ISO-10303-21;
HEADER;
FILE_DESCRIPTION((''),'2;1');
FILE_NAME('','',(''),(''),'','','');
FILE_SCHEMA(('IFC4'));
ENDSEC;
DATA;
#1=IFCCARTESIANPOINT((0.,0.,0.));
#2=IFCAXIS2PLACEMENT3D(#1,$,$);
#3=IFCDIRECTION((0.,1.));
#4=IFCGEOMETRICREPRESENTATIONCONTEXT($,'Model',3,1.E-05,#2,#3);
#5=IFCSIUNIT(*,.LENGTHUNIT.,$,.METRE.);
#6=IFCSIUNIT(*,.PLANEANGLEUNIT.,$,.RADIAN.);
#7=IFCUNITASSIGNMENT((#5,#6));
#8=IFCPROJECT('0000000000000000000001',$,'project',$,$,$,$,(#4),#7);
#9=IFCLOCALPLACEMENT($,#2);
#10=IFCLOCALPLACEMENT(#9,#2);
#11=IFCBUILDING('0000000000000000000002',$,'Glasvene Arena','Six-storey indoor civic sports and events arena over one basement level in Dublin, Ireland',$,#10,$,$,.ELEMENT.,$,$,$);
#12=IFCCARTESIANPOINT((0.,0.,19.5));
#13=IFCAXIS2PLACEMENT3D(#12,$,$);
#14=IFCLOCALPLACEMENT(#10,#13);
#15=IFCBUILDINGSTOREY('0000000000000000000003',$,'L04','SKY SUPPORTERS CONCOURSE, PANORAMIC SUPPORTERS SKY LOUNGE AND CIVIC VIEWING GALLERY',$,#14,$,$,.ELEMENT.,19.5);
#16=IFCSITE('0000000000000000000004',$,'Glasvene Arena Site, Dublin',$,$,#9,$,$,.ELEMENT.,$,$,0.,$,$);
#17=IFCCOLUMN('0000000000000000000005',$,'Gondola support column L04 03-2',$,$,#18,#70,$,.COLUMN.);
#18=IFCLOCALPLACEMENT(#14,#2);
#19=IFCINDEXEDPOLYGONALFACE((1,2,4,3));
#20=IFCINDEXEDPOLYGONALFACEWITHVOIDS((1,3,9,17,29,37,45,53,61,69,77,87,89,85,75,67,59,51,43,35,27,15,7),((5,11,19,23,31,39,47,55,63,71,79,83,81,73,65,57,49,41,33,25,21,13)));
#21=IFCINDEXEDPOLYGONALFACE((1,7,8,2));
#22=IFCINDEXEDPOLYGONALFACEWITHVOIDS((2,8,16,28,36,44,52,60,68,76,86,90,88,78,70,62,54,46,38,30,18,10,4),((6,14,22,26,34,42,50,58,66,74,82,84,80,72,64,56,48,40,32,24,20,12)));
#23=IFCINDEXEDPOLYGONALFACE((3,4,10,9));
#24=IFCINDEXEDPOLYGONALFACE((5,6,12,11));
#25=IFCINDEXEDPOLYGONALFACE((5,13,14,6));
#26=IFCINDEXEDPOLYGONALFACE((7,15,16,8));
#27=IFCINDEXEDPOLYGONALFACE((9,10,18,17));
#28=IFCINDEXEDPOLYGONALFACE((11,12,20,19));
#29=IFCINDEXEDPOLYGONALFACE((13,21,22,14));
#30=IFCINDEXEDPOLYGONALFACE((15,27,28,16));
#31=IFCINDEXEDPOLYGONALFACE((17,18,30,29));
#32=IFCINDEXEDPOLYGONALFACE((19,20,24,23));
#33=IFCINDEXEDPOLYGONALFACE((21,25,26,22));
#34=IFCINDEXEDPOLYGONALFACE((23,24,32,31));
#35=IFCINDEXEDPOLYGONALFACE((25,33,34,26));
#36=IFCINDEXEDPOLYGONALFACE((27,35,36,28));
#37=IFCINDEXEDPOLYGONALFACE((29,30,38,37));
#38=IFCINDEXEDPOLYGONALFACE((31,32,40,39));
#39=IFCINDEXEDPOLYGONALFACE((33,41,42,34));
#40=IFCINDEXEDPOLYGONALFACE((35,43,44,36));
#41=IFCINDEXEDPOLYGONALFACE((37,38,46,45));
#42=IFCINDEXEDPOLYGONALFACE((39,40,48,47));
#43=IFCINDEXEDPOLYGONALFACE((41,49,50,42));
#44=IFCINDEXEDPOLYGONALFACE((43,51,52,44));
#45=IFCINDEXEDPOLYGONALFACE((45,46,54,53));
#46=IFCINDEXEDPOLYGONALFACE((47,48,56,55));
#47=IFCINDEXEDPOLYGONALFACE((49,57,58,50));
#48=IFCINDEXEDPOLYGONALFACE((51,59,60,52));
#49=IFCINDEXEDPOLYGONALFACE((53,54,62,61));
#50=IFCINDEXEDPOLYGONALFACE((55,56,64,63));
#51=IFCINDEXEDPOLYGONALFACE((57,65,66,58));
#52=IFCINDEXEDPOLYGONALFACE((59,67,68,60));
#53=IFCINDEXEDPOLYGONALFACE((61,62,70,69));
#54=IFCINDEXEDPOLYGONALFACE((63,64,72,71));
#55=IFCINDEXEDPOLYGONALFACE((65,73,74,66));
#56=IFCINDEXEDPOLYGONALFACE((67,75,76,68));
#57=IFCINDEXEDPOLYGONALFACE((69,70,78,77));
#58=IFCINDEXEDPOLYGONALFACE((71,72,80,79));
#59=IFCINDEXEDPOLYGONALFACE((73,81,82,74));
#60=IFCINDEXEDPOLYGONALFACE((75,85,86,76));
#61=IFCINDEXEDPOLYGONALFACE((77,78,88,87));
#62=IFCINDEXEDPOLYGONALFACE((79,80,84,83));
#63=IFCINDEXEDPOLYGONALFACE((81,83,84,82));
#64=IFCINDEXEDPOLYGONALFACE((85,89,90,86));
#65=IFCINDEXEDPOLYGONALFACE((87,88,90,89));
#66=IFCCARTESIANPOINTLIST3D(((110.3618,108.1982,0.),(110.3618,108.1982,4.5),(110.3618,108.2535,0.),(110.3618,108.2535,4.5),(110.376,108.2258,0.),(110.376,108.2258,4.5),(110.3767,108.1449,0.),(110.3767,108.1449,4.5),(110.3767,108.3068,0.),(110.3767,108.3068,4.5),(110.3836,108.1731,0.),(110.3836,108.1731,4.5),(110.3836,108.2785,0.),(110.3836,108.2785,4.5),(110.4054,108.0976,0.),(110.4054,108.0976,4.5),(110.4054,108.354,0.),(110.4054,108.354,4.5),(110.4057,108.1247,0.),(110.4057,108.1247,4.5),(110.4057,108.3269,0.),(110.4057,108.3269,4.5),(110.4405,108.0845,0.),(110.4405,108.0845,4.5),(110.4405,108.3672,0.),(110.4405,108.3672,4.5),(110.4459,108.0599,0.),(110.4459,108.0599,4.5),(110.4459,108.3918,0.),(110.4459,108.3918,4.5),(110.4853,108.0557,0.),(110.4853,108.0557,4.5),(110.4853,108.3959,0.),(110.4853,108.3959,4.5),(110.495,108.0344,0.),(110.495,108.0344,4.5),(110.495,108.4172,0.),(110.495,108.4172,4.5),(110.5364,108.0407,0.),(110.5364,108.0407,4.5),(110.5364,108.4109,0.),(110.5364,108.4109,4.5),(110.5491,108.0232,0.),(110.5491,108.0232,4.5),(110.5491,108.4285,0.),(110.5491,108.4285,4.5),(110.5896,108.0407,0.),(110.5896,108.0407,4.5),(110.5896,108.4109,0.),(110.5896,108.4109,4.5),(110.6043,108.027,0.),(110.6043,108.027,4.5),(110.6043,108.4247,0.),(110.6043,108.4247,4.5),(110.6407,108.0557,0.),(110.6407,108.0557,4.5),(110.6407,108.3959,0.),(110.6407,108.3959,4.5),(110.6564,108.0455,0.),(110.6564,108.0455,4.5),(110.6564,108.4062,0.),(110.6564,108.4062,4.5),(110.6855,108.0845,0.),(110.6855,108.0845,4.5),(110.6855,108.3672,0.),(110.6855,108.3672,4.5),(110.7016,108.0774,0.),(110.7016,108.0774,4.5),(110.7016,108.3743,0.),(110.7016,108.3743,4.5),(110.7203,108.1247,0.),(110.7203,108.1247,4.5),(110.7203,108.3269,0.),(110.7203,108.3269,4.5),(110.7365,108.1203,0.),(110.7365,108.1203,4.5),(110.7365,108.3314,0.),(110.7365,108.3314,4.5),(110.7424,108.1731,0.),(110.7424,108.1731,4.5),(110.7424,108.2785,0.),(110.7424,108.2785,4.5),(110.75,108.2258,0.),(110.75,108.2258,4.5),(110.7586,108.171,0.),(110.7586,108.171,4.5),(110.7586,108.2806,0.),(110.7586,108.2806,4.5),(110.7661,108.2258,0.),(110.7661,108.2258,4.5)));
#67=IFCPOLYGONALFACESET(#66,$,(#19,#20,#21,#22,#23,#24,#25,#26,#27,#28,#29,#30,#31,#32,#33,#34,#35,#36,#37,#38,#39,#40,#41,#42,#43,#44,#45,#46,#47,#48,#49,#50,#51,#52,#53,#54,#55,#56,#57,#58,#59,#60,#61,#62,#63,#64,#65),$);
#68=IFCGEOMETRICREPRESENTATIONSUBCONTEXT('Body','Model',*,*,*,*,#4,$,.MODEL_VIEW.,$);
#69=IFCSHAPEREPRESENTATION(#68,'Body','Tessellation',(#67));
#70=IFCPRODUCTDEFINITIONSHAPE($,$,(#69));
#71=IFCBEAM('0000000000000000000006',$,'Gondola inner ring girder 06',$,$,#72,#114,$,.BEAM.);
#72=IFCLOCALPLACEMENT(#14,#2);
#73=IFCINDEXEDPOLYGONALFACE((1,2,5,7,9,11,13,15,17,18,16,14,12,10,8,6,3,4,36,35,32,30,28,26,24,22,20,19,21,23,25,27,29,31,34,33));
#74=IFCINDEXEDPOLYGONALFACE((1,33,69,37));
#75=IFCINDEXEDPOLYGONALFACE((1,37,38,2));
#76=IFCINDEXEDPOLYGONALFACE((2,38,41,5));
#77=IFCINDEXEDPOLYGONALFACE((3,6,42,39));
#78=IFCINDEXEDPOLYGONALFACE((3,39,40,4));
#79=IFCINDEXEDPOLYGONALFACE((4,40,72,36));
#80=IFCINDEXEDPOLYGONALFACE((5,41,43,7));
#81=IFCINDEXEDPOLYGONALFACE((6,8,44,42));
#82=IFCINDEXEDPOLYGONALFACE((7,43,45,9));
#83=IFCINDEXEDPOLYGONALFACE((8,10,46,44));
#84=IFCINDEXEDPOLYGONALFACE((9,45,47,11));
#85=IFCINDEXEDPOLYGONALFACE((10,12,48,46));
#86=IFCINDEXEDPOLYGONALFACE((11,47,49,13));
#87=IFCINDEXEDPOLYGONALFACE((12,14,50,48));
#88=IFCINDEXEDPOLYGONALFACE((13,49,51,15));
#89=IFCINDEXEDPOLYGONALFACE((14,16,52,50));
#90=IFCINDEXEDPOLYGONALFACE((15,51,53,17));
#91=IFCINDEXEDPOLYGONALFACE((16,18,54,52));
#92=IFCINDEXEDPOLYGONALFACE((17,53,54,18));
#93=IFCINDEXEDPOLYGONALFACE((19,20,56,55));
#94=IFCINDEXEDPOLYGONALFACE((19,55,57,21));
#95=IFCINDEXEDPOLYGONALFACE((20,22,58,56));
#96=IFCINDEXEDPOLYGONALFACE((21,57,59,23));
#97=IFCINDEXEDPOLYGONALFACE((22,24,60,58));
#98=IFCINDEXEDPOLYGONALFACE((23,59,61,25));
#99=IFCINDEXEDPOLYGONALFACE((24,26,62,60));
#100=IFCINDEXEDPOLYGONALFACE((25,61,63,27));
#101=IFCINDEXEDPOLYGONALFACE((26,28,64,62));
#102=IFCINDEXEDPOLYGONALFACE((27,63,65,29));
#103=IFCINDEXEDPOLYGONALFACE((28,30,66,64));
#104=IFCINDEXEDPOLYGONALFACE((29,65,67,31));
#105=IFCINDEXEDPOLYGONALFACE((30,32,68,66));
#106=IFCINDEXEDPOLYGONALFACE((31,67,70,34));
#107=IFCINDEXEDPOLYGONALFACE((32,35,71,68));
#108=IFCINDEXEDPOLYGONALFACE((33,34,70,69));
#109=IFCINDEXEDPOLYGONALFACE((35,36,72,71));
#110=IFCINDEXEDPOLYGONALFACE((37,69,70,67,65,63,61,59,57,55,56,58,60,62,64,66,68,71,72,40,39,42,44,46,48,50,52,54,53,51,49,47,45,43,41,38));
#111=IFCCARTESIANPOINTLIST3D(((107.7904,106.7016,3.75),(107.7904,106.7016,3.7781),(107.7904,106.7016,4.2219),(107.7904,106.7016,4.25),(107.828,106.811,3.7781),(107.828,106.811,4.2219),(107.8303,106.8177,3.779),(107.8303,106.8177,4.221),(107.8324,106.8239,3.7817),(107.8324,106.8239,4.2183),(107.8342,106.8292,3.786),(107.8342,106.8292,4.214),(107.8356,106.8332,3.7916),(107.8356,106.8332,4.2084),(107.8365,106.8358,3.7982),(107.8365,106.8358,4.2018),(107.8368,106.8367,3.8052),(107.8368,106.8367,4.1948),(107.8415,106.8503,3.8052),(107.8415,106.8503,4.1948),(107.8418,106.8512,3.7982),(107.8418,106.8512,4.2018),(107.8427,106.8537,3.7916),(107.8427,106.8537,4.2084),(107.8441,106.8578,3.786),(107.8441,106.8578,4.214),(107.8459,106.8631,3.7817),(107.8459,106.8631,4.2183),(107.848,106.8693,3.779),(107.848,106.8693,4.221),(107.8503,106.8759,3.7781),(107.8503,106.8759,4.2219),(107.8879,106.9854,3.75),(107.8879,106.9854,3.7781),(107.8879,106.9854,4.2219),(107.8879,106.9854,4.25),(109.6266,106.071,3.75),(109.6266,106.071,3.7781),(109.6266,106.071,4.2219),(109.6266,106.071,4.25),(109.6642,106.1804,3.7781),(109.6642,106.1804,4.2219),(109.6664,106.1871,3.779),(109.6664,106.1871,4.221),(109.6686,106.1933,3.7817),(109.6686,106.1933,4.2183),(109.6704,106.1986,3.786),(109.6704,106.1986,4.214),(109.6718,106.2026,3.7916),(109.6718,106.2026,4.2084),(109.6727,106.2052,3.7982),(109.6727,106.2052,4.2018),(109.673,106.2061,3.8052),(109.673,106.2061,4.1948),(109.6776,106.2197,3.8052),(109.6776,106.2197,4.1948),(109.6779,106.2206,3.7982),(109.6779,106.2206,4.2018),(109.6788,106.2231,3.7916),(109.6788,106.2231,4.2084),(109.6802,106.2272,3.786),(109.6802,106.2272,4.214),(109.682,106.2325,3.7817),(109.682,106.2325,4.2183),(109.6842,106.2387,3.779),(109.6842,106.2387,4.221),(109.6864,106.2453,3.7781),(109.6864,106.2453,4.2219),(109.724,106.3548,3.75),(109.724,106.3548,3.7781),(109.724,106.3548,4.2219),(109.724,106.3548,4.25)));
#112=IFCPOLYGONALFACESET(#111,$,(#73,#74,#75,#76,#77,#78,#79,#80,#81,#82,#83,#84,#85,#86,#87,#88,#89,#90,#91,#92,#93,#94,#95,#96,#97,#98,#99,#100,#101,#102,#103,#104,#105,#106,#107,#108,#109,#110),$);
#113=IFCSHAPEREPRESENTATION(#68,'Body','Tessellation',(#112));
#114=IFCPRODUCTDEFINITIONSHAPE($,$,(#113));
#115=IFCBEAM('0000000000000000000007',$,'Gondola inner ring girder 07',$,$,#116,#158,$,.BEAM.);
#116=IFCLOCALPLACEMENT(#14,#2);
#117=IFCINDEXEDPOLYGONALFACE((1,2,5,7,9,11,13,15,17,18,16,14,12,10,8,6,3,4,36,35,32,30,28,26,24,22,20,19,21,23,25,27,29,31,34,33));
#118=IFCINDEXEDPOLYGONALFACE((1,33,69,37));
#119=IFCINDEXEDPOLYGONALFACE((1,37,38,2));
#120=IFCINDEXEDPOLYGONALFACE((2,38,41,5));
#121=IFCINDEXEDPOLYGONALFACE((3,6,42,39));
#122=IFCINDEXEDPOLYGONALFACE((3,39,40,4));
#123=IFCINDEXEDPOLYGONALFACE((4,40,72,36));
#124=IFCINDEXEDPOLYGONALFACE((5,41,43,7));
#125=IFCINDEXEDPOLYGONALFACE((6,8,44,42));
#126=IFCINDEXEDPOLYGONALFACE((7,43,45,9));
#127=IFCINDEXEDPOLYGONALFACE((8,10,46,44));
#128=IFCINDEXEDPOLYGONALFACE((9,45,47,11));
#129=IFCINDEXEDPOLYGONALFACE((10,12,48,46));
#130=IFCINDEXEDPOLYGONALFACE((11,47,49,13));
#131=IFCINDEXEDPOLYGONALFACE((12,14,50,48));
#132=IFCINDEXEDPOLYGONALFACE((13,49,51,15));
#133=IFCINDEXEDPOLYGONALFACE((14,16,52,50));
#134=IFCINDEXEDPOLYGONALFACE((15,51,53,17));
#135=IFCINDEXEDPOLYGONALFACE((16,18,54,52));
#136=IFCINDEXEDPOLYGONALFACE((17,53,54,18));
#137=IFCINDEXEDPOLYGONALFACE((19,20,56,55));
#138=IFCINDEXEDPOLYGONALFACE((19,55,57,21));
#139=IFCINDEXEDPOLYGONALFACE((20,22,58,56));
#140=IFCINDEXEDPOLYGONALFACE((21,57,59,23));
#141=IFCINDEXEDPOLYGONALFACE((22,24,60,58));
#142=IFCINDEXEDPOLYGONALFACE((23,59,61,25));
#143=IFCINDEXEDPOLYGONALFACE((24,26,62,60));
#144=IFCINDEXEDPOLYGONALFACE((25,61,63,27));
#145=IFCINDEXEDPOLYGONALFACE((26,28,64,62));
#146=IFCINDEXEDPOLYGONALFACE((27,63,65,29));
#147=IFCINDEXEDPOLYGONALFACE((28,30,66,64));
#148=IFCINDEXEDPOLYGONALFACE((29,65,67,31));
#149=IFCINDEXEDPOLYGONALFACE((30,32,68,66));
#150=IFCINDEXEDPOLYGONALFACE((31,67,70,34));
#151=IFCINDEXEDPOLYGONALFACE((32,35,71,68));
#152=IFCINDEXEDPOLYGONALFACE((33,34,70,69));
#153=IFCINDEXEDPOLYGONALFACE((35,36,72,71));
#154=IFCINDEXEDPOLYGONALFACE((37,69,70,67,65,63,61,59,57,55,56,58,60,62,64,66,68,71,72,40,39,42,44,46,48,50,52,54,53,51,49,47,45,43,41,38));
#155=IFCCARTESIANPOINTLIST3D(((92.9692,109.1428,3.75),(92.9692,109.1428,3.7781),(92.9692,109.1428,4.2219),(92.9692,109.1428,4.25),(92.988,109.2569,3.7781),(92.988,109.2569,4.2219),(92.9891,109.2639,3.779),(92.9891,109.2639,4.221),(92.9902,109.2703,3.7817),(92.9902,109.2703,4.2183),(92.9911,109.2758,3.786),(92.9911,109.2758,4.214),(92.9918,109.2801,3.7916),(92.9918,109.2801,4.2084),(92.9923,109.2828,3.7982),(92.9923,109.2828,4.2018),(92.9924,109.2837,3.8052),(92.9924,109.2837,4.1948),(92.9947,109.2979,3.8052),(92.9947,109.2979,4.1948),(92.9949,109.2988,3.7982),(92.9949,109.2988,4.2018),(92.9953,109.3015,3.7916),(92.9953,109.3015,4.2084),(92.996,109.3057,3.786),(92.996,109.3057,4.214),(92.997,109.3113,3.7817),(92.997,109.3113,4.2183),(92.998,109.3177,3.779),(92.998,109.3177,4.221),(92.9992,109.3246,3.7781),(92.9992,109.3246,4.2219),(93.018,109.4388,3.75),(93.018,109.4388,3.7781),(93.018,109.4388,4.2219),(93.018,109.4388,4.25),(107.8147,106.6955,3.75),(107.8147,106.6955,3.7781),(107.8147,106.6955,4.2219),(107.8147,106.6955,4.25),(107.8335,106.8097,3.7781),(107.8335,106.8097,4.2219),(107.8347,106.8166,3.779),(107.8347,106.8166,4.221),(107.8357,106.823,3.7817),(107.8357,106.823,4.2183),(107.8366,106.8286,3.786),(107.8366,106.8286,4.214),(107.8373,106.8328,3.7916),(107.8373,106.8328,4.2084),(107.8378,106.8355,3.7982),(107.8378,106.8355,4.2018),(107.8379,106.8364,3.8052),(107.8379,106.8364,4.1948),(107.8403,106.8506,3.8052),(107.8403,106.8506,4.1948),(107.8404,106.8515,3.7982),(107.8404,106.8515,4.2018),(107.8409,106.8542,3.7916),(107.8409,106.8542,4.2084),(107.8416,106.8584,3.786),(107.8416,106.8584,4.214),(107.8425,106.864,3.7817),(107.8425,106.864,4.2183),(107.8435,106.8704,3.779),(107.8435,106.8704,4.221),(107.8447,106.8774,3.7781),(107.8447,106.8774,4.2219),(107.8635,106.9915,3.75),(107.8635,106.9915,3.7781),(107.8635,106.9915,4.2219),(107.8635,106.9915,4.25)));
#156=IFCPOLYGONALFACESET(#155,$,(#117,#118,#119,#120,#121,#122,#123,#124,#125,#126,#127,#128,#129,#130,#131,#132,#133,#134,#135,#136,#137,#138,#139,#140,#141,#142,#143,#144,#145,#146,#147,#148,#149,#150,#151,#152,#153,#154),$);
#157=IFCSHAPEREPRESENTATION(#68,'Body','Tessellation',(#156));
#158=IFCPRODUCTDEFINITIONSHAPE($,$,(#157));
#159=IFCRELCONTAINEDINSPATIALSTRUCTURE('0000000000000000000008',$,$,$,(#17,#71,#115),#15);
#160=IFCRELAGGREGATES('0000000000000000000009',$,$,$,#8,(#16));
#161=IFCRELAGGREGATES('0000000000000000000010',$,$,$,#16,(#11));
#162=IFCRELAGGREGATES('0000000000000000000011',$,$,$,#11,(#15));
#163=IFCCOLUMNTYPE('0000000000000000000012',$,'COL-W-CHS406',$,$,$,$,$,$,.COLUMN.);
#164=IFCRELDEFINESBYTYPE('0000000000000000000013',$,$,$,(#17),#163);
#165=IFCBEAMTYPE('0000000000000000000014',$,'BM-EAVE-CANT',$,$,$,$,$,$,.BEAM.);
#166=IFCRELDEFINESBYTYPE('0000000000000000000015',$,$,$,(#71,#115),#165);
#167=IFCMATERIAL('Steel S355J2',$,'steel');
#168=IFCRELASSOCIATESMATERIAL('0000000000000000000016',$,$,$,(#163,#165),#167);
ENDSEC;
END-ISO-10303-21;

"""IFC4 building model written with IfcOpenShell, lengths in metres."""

from ifc_helpers import new_model, si_unit, direction, frame, origin, origin_2d, place, context, subcontext, project, spatial, hollow_circle, i_section, extrude, material, material_profile, profile_set, type_object, element, save


model = new_model("IFC4")

# Units and contexts
model_context = context("Model", 3, precision=1e-05, world=origin(), true_north=direction((0.0, 1.0)))
body_context = subcontext(model_context, "Body", "Model", "MODEL_VIEW")
ifc_project = project(units=[si_unit("LENGTHUNIT", "METRE"), si_unit("PLANEANGLEUNIT", "RADIAN")], contexts=[model_context])

# Site, building, storey
site_placement = place(None, origin())
site = spatial("IfcSite", under=ifc_project, at=site_placement, Name="Glasvene Arena Site, Dublin", CompositionType="ELEMENT", RefElevation=0.0)
building_placement = place(site_placement, origin())
building = spatial("IfcBuilding", under=site, at=building_placement, Name="Glasvene Arena", Description="Six-storey indoor civic sports and events arena over one basement level in Dublin, Ireland", CompositionType="ELEMENT")
storey_placement = place(building_placement, frame((0.0, 0.0, 19.5)))
storey = spatial("IfcBuildingStorey", under=building, at=storey_placement, Name="L04", Description="SKY SUPPORTERS CONCOURSE, PANORAMIC SUPPORTERS SKY LOUNGE AND CIVIC VIEWING GALLERY", CompositionType="ELEMENT", Elevation=19.5)

# Column
ifc_material_1 = material(Name="Steel S355J2", Category="steel")
ifc_material_profile_1 = material_profile(ifc_material_1, hollow_circle(Radius=0.2031, WallThickness=0.0161, at=origin_2d()), Name="CHS 406.4x16.0")
ifc_profile_set_1 = profile_set([ifc_material_profile_1], Name="Steel S355J2")
column_type = type_object("IfcColumnType", Name="COL-W-CHS406", PredefinedType="COLUMN", material=ifc_profile_set_1)
column_placement = place(storey_placement, frame((110.563, 108.2258, 0.0), z_axis=(0.0, 0.0, 1.0), x_axis=(1.0, 0.0, 0.0)))
element("IfcColumn", 1, at=column_placement, inside=storey, type_object=column_type, Name="Gondola support column L04 03-2", PredefinedType="COLUMN", context=body_context, shape_type="SweptSolid", body=[
    extrude(hollow_circle(Radius=0.2031, WallThickness=0.0161, at=origin_2d()), origin(), (0.0, 0.0, 1.0), 4.5),
])

# Beams
ifc_material_profile_2 = material_profile(ifc_material_1, i_section(OverallWidth=0.3, OverallDepth=0.5, WebThickness=0.0144, FlangeThickness=0.0281, FilletRadius=0.0271, at=origin_2d()), Name="HEB 500")
ifc_profile_set_2 = profile_set([ifc_material_profile_2], Name="Steel S355J2")
beam_type_1 = type_object("IfcBeamType", Name="BM-EAVE-CANT", PredefinedType="BEAM", material=ifc_profile_set_2)
beam_1_placement = place(storey_placement, frame((109.6753, 106.2129, 4.0), z_axis=(-0.945777, 0.324816, 0.0), x_axis=(-0.324816, -0.945777, 0.0)))
element("IfcBeam", 2, at=beam_1_placement, inside=storey, type_object=beam_type_1, Name="Gondola inner ring girder 06", PredefinedType="BEAM", context=body_context, shape_type="SweptSolid", body=[
    extrude(i_section(OverallWidth=0.3, OverallDepth=0.5, WebThickness=0.0144, FlangeThickness=0.0281, FilletRadius=0.0271, at=origin_2d()), origin(), (0.0, 0.0, 1.0), 1.9414),
])
beam_2_placement = place(storey_placement, frame((107.8391, 106.8435, 4.0), z_axis=(-0.986683, 0.162654, 0.0), x_axis=(-0.162654, -0.986683, 0.0)))
element("IfcBeam", 3, at=beam_2_placement, inside=storey, type_object=beam_type_1, Name="Gondola inner ring girder 07", PredefinedType="BEAM", context=body_context, shape_type="SweptSolid", body=[
    extrude(i_section(OverallWidth=0.3, OverallDepth=0.5, WebThickness=0.0144, FlangeThickness=0.0281, FilletRadius=0.0271, at=origin_2d()), origin(), (0.0, 0.0, 1.0), 15.0459),
])

save(model, "model.ifc")
